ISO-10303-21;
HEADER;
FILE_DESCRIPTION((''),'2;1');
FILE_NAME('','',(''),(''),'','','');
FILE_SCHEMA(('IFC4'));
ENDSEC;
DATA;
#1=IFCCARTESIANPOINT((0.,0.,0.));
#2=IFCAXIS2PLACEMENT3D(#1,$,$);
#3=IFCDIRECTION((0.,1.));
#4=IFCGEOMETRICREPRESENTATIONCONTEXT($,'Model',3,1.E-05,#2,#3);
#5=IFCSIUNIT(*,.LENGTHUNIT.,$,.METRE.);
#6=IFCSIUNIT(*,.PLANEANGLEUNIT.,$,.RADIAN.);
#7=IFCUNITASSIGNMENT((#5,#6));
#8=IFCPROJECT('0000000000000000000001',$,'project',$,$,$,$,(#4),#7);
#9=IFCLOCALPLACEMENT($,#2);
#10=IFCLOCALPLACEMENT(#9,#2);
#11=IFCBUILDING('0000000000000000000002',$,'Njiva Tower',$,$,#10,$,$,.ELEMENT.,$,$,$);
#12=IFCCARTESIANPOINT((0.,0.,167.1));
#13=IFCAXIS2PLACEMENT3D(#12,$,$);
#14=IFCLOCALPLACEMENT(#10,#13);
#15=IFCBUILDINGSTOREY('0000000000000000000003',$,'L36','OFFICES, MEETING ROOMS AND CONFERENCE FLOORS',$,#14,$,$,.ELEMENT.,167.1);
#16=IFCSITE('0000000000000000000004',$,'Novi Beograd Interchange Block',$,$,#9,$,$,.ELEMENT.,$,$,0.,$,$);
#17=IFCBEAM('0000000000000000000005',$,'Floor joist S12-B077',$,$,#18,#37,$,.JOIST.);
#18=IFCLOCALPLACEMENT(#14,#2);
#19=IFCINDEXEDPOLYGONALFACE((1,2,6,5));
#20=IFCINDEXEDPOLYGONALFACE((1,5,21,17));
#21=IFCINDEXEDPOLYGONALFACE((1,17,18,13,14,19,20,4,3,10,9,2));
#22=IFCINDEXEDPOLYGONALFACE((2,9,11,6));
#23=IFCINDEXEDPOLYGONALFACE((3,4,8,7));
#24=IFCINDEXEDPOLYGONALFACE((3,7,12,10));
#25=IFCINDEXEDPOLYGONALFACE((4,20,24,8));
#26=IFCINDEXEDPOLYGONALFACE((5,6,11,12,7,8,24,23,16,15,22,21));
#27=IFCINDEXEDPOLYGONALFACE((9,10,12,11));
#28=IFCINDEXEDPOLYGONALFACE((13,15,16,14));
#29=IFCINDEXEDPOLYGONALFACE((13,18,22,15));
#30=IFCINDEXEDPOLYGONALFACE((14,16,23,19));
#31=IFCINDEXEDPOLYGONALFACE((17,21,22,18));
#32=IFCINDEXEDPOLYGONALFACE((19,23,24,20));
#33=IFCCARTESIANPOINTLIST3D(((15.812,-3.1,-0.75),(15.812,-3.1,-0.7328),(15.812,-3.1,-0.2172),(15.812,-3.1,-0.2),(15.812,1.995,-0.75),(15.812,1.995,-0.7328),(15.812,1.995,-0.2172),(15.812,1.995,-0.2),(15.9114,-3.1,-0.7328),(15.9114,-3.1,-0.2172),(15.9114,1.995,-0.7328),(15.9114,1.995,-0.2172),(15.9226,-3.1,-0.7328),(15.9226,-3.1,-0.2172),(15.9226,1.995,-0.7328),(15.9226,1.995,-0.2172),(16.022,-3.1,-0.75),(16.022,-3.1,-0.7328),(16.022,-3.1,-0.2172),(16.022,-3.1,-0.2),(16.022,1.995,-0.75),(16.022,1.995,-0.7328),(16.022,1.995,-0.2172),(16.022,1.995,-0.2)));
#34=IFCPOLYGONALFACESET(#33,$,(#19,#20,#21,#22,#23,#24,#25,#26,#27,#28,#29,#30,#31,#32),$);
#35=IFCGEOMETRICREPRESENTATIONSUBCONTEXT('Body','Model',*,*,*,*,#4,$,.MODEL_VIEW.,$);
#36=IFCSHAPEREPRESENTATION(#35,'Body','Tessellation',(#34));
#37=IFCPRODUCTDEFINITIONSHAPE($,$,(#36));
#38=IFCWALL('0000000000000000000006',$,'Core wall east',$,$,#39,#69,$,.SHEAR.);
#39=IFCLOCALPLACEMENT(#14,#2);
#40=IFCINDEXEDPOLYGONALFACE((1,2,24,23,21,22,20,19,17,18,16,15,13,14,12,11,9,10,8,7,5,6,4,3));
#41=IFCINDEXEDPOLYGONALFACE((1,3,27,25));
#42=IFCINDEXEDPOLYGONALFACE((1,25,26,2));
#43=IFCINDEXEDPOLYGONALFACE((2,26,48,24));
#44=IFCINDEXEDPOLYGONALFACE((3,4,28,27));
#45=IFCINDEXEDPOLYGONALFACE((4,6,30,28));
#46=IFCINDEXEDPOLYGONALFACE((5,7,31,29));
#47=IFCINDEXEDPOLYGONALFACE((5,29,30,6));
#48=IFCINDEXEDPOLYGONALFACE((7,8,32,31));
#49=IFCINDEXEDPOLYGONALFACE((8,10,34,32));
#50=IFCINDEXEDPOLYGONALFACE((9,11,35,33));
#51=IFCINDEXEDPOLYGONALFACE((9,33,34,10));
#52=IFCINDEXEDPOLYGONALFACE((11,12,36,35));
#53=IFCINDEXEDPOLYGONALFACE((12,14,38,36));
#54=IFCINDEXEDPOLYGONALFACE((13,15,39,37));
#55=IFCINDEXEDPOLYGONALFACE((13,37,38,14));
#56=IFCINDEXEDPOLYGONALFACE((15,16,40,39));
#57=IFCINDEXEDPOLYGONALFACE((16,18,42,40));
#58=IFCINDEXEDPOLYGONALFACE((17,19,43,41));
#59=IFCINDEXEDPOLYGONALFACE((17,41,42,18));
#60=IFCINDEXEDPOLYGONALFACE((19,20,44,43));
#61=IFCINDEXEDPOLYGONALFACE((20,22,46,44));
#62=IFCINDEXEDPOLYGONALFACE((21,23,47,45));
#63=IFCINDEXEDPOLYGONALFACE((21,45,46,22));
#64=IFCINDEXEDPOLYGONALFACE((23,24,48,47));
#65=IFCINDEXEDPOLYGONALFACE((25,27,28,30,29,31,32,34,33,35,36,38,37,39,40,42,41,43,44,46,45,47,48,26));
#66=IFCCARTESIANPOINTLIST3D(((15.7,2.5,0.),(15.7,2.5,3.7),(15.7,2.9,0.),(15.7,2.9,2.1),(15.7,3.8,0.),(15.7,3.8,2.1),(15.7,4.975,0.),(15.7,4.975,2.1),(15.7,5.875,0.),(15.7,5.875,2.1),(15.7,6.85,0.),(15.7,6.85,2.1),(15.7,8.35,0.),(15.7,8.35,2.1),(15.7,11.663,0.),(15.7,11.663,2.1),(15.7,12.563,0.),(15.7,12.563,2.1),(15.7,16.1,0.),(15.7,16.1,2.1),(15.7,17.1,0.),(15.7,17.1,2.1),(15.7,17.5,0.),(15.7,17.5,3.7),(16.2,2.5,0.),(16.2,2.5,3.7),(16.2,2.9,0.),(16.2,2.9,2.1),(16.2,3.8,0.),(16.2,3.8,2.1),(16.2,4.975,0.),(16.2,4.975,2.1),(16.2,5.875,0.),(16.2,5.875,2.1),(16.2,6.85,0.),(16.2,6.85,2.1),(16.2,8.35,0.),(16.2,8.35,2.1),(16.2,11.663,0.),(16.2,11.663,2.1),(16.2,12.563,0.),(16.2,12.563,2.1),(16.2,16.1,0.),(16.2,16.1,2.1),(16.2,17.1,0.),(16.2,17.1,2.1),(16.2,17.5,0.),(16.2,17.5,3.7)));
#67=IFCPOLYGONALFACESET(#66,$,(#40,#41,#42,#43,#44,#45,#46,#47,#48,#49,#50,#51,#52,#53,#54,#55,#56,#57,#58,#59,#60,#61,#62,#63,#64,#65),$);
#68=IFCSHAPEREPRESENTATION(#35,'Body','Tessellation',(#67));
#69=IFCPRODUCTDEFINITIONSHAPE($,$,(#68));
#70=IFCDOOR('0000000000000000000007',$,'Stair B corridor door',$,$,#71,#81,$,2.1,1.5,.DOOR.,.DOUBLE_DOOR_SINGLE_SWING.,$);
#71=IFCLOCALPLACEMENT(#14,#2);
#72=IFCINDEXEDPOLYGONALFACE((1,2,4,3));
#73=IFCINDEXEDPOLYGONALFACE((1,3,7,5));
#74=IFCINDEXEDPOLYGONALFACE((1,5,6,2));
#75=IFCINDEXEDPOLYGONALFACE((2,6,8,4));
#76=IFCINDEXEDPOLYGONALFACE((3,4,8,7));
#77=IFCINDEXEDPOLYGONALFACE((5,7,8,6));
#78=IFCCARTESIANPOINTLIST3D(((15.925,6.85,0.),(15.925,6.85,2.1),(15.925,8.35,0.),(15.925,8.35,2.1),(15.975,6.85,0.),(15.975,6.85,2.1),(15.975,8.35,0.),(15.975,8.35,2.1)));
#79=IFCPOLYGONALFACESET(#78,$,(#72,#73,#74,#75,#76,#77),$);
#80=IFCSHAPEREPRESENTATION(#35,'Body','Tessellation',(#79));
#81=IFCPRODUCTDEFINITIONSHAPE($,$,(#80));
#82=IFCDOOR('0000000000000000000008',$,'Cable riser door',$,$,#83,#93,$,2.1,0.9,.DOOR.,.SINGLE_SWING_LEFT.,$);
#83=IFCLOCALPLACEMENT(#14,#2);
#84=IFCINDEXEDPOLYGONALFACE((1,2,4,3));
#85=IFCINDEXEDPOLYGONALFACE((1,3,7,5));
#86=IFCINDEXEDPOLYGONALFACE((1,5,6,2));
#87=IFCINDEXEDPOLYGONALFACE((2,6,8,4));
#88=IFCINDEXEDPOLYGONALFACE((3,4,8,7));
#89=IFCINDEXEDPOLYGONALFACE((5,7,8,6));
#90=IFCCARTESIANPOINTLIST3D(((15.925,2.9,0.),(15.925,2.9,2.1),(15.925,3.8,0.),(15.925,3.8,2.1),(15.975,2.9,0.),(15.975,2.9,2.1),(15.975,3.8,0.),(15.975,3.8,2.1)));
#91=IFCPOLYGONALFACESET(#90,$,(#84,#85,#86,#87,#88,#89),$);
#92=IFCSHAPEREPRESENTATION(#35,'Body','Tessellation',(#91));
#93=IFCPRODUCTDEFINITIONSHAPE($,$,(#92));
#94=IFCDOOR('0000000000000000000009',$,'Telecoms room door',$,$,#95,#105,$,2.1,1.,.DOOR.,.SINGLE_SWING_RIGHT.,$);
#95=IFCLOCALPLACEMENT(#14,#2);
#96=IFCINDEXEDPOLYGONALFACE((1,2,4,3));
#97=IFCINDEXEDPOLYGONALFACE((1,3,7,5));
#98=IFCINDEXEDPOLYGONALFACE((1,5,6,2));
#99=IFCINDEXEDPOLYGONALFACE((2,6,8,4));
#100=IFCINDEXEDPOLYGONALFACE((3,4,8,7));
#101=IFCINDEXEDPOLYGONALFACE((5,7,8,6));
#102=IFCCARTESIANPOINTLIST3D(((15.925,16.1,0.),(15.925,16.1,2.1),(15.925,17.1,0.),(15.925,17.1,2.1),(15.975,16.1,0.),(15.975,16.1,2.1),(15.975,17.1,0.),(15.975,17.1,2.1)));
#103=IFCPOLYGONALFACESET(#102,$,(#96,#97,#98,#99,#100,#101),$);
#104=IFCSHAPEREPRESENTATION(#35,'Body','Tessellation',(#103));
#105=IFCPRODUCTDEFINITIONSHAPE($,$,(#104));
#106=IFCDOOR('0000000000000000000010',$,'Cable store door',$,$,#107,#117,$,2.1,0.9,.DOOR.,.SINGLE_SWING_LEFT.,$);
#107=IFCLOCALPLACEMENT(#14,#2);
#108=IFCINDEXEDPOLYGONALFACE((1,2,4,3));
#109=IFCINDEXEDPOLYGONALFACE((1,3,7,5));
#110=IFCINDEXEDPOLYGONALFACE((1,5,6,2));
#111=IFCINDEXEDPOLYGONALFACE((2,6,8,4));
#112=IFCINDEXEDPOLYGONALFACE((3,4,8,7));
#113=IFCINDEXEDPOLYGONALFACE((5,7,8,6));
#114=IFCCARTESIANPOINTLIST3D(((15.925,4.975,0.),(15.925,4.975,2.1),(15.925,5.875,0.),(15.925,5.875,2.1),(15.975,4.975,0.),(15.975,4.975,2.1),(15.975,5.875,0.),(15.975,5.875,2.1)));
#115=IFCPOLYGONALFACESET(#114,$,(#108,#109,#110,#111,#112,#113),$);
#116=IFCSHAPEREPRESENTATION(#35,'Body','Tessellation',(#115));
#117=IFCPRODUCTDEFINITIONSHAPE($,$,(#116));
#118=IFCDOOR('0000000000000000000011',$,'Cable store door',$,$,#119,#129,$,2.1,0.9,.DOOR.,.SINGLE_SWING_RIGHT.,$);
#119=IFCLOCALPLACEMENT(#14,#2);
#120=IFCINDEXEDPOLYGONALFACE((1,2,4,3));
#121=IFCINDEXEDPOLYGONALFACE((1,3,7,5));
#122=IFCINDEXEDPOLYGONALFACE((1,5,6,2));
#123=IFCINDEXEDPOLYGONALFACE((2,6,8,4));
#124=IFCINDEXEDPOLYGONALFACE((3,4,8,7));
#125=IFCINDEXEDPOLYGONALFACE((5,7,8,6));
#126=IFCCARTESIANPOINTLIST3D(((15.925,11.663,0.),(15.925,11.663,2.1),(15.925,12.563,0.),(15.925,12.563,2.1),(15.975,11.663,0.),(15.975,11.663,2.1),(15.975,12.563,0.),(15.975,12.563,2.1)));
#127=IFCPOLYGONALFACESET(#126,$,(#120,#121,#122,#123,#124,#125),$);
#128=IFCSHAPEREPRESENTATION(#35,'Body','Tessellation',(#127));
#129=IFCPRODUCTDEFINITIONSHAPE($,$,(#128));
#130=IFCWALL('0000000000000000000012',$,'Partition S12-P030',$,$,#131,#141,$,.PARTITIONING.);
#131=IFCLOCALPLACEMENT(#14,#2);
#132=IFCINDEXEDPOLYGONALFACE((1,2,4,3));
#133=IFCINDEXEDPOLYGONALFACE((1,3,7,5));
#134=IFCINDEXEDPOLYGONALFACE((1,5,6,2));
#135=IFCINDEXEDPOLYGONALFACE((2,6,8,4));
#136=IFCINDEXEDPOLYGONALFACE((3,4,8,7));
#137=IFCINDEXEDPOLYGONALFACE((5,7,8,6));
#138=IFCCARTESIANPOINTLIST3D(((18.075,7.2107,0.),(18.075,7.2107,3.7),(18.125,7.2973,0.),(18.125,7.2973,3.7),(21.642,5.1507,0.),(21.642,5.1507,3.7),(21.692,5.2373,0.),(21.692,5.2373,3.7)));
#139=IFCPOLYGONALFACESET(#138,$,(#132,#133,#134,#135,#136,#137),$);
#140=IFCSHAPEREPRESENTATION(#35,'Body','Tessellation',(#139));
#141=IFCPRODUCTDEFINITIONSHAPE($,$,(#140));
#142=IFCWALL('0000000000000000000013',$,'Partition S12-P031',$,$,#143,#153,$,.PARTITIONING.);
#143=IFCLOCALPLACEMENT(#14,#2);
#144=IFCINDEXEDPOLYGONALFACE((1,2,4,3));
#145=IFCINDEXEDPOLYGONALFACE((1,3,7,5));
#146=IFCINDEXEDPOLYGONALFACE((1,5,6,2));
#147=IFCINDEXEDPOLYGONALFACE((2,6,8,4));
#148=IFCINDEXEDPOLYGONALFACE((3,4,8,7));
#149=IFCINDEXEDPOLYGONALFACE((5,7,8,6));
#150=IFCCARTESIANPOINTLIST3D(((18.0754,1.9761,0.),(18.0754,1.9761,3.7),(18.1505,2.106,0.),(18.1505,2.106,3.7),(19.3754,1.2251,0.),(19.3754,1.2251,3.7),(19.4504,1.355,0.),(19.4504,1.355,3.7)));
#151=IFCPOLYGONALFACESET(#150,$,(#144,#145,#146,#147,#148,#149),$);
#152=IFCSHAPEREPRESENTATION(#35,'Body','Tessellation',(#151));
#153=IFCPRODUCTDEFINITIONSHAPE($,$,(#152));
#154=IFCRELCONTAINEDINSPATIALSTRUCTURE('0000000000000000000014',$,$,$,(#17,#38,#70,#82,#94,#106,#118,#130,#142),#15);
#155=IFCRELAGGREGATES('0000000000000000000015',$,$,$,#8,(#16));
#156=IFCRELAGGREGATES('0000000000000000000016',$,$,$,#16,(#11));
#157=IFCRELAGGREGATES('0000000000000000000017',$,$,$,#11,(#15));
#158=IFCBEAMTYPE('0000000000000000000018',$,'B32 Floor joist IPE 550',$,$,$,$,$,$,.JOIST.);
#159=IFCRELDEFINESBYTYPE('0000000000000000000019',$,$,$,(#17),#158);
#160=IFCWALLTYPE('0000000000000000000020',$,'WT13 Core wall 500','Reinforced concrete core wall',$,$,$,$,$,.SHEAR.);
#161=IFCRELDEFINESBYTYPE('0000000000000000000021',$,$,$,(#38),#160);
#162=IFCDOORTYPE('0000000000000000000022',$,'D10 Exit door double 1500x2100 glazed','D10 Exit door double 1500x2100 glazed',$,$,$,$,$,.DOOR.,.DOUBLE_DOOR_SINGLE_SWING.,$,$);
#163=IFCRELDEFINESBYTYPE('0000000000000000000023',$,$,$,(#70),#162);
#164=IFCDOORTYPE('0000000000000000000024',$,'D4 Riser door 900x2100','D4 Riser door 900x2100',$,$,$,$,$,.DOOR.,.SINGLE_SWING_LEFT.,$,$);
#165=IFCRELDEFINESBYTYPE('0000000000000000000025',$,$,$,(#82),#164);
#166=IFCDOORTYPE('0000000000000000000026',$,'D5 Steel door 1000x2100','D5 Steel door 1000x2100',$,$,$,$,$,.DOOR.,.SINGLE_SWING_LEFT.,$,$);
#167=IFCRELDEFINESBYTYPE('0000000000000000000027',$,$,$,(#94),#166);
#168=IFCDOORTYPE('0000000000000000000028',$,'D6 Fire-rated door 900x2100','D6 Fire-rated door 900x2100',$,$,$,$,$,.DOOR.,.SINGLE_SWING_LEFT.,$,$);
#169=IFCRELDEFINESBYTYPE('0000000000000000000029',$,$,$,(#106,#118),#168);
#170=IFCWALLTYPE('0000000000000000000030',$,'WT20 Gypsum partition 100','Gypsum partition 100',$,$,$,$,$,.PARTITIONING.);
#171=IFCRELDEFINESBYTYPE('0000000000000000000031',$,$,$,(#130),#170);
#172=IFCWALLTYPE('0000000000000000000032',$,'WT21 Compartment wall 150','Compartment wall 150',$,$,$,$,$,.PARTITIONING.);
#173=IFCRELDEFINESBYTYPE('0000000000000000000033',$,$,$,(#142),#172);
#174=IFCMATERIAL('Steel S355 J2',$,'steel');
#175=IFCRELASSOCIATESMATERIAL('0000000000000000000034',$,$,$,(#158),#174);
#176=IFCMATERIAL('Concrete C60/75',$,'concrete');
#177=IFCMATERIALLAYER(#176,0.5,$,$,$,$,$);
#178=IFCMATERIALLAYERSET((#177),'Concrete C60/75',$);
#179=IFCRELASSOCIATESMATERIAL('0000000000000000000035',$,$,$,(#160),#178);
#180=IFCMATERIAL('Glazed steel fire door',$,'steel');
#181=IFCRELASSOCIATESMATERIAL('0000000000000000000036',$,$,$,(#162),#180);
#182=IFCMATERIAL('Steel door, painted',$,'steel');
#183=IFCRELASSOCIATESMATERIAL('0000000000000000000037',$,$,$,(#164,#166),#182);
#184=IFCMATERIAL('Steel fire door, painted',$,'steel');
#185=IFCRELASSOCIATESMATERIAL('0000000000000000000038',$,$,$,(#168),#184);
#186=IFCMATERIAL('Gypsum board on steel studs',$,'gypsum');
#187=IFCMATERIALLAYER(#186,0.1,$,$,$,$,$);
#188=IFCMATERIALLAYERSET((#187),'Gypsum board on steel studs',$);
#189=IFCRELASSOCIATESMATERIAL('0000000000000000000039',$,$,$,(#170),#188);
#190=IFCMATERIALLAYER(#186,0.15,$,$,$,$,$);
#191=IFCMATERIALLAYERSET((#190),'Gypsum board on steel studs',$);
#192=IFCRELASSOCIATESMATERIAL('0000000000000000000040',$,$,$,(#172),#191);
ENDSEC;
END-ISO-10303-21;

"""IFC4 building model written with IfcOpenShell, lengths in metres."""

from ifc_helpers import new_model, si_unit, direction, frame, frame_2d, origin, origin_2d, place, context, subcontext, project, spatial, rectangle, i_section, extrude, material, layer, layer_set, material_profile, profile_set, type_object, element, fill, save


model = new_model("IFC4")

# Units and contexts
model_context = context("Model", 3, precision=1e-05, world=origin(), true_north=direction((0.0, 1.0)))
body_context = subcontext(model_context, "Body", "Model", "MODEL_VIEW")
ifc_project = project(units=[si_unit("LENGTHUNIT", "METRE"), si_unit("PLANEANGLEUNIT", "RADIAN")], contexts=[model_context])

# Site, building, storey
site_placement = place(None, origin())
site = spatial("IfcSite", under=ifc_project, at=site_placement, Name="Novi Beograd Interchange Block", CompositionType="ELEMENT", RefElevation=0.0)
building_placement = place(site_placement, origin())
building = spatial("IfcBuilding", under=site, at=building_placement, Name="Njiva Tower", CompositionType="ELEMENT")
storey_placement = place(building_placement, frame((0.0, 0.0, 167.1)))
storey = spatial("IfcBuildingStorey", under=building, at=storey_placement, Name="L36", Description="OFFICES, MEETING ROOMS AND CONFERENCE FLOORS", CompositionType="ELEMENT", Elevation=167.1)

# Shared definitions
ifc_material_1 = material(Name="Steel S355 J2", Category="steel")

# Beam
ifc_material_profile_1 = material_profile(ifc_material_1, i_section(OverallWidth=0.21, OverallDepth=0.55, WebThickness=0.0111, FlangeThickness=0.0172, at=origin_2d()), Name="IPE 550")
ifc_profile_set_1 = profile_set([ifc_material_profile_1], Name="Steel S355 J2")
beam_type_1 = type_object("IfcBeamType", Name="B32 Floor joist IPE 550", PredefinedType="JOIST", material=ifc_profile_set_1)
beam_1_placement = place(storey_placement, frame((15.917, 1.995, -0.475), z_axis=(0.0, -1.0, 0.0), x_axis=(1.0, 0.0, 0.0)))
element("IfcBeam", 1, at=beam_1_placement, inside=storey, type_object=beam_type_1, Name="Floor joist S12-B077", PredefinedType="JOIST", context=body_context, shape_type="SweptSolid", body=[
    extrude(i_section(OverallWidth=0.21, OverallDepth=0.55, WebThickness=0.0111, FlangeThickness=0.0172, at=origin_2d()), origin(), (0.0, 0.0, 1.0), 5.095),
])

# Wall, openings, doors
ifc_material_2 = material(Name="Concrete C60/75", Category="concrete")
ifc_layer_1 = layer(ifc_material_2, 0.5)
ifc_layer_set_1 = layer_set([ifc_layer_1], Name="Concrete C60/75")
wall_type_1 = type_object("IfcWallType", Name="WT13 Core wall 500", Description="Reinforced concrete core wall", PredefinedType="SHEAR", material=ifc_layer_set_1)
wall_1_placement = place(storey_placement, frame((15.95, 2.5, 0.0), z_axis=(0.0, 0.0, 1.0), x_axis=(0.0, 1.0, 0.0)))
wall_1 = element("IfcWall", 2, at=wall_1_placement, inside=storey, type_object=wall_type_1, Name="Core wall east", PredefinedType="SHEAR", context=body_context, shape_type="SweptSolid", body=[
    extrude(rectangle(XDim=15.0, YDim=0.5, at=frame_2d((7.5, 0.0))), origin(), (0.0, 0.0, 1.0), 3.7),
])
opening_1_placement = place(wall_1_placement, frame((4.35, 0.0, 0.0)))
opening_1 = element("IfcOpeningElement", 3, at=opening_1_placement, cuts=wall_1, PredefinedType="OPENING", context=body_context, shape_type="SweptSolid", body=[
    extrude(rectangle(XDim=1.5, YDim=2.1, at=frame_2d((0.75, 1.05))), frame((0.0, 0.26, 0.0), z_axis=(0.0, -1.0, 0.0), x_axis=(1.0, 0.0, 0.0)), (0.0, 0.0, 1.0), 0.52),
])
opening_2_placement = place(wall_1_placement, frame((0.4, 0.0, 0.0)))
opening_2 = element("IfcOpeningElement", 4, at=opening_2_placement, cuts=wall_1, PredefinedType="OPENING", context=body_context, shape_type="SweptSolid", body=[
    extrude(rectangle(XDim=0.9, YDim=2.1, at=frame_2d((0.45, 1.05))), frame((0.0, 0.26, 0.0), z_axis=(0.0, -1.0, 0.0), x_axis=(1.0, 0.0, 0.0)), (0.0, 0.0, 1.0), 0.52),
])
opening_3_placement = place(wall_1_placement, frame((2.475, 0.0, 0.0)))
opening_3 = element("IfcOpeningElement", 5, at=opening_3_placement, cuts=wall_1, PredefinedType="OPENING", context=body_context, shape_type="SweptSolid", body=[
    extrude(rectangle(XDim=0.9, YDim=2.1, at=frame_2d((0.45, 1.05))), frame((0.0, 0.26, 0.0), z_axis=(0.0, -1.0, 0.0), x_axis=(1.0, 0.0, 0.0)), (0.0, 0.0, 1.0), 0.52),
])
opening_4_placement = place(wall_1_placement, frame((9.163, 0.0, 0.0)))
opening_4 = element("IfcOpeningElement", 6, at=opening_4_placement, cuts=wall_1, PredefinedType="OPENING", context=body_context, shape_type="SweptSolid", body=[
    extrude(rectangle(XDim=0.9, YDim=2.1, at=frame_2d((0.45, 1.05))), frame((0.0, 0.26, 0.0), z_axis=(0.0, -1.0, 0.0), x_axis=(1.0, 0.0, 0.0)), (0.0, 0.0, 1.0), 0.52),
])
opening_5_placement = place(wall_1_placement, frame((13.6, 0.0, 0.0)))
opening_5 = element("IfcOpeningElement", 7, at=opening_5_placement, cuts=wall_1, PredefinedType="OPENING", context=body_context, shape_type="SweptSolid", body=[
    extrude(rectangle(XDim=1.0, YDim=2.1, at=frame_2d((0.5, 1.05))), frame((0.0, 0.26, 0.0), z_axis=(0.0, -1.0, 0.0), x_axis=(1.0, 0.0, 0.0)), (0.0, 0.0, 1.0), 0.52),
])
ifc_material_3 = material(Name="Glazed steel fire door", Category="steel")
door_type_1 = type_object("IfcDoorType", Name="D10 Exit door double 1500x2100 glazed", Description="D10 Exit door double 1500x2100 glazed", OperationType="DOUBLE_DOOR_SINGLE_SWING", PredefinedType="DOOR", material=ifc_material_3)
door_1_placement = place(opening_1_placement, origin())
door_1 = element("IfcDoor", 8, at=door_1_placement, inside=storey, type_object=door_type_1, Name="Stair B corridor door", OperationType="DOUBLE_DOOR_SINGLE_SWING", OverallHeight=2.1, OverallWidth=1.5, PredefinedType="DOOR", context=body_context, shape_type="SweptSolid", body=[
    extrude(rectangle(XDim=1.5, YDim=2.1, at=frame_2d((0.75, 1.05))), frame((0.0, 0.025, 0.0), z_axis=(0.0, -1.0, 0.0), x_axis=(1.0, 0.0, 0.0)), (0.0, 0.0, 1.0), 0.05),
])
fill(opening_1, door_1)
ifc_material_4 = material(Name="Steel door, painted", Category="steel")
door_type_2 = type_object("IfcDoorType", Name="D4 Riser door 900x2100", Description="D4 Riser door 900x2100", OperationType="SINGLE_SWING_LEFT", PredefinedType="DOOR", material=ifc_material_4)
door_2_placement = place(opening_2_placement, origin())
door_2 = element("IfcDoor", 9, at=door_2_placement, inside=storey, type_object=door_type_2, Name="Cable riser door", OperationType="SINGLE_SWING_LEFT", OverallHeight=2.1, OverallWidth=0.9, PredefinedType="DOOR", context=body_context, shape_type="SweptSolid", body=[
    extrude(rectangle(XDim=0.9, YDim=2.1, at=frame_2d((0.45, 1.05))), frame((0.0, 0.025, 0.0), z_axis=(0.0, -1.0, 0.0), x_axis=(1.0, 0.0, 0.0)), (0.0, 0.0, 1.0), 0.05),
])
fill(opening_2, door_2)
door_type_3 = type_object("IfcDoorType", Name="D5 Steel door 1000x2100", Description="D5 Steel door 1000x2100", OperationType="SINGLE_SWING_LEFT", PredefinedType="DOOR", material=ifc_material_4)
door_3_placement = place(opening_5_placement, origin())
door_3 = element("IfcDoor", 10, at=door_3_placement, inside=storey, type_object=door_type_3, Name="Telecoms room door", OperationType="SINGLE_SWING_RIGHT", OverallHeight=2.1, OverallWidth=1.0, PredefinedType="DOOR", context=body_context, shape_type="SweptSolid", body=[
    extrude(rectangle(XDim=1.0, YDim=2.1, at=frame_2d((0.5, 1.05))), frame((0.0, 0.025, 0.0), z_axis=(0.0, -1.0, 0.0), x_axis=(1.0, 0.0, 0.0)), (0.0, 0.0, 1.0), 0.05),
])
fill(opening_5, door_3)
ifc_material_5 = material(Name="Steel fire door, painted", Category="steel")
door_type_4 = type_object("IfcDoorType", Name="D6 Fire-rated door 900x2100", Description="D6 Fire-rated door 900x2100", OperationType="SINGLE_SWING_LEFT", PredefinedType="DOOR", material=ifc_material_5)
door_4_placement = place(opening_3_placement, origin())
door_4 = element("IfcDoor", 11, at=door_4_placement, inside=storey, type_object=door_type_4, Name="Cable store door", OperationType="SINGLE_SWING_LEFT", OverallHeight=2.1, OverallWidth=0.9, PredefinedType="DOOR", context=body_context, shape_type="SweptSolid", body=[
    extrude(rectangle(XDim=0.9, YDim=2.1, at=frame_2d((0.45, 1.05))), frame((0.0, 0.025, 0.0), z_axis=(0.0, -1.0, 0.0), x_axis=(1.0, 0.0, 0.0)), (0.0, 0.0, 1.0), 0.05),
])
fill(opening_3, door_4)
door_5_placement = place(opening_4_placement, origin())
door_5 = element("IfcDoor", 12, at=door_5_placement, inside=storey, type_object=door_type_4, Name="Cable store door", OperationType="SINGLE_SWING_RIGHT", OverallHeight=2.1, OverallWidth=0.9, PredefinedType="DOOR", context=body_context, shape_type="SweptSolid", body=[
    extrude(rectangle(XDim=0.9, YDim=2.1, at=frame_2d((0.45, 1.05))), frame((0.0, 0.025, 0.0), z_axis=(0.0, -1.0, 0.0), x_axis=(1.0, 0.0, 0.0)), (0.0, 0.0, 1.0), 0.05),
])
fill(opening_4, door_5)

# Walls
ifc_material_6 = material(Name="Gypsum board on steel studs", Category="gypsum")
ifc_layer_2 = layer(ifc_material_6, 0.1)
ifc_layer_set_2 = layer_set([ifc_layer_2], Name="Gypsum board on steel studs")
wall_type_2 = type_object("IfcWallType", Name="WT20 Gypsum partition 100", Description="Gypsum partition 100", PredefinedType="PARTITIONING", material=ifc_layer_set_2)
wall_2_placement = place(storey_placement, frame((18.1, 7.254, 0.0), z_axis=(0.0, 0.0, 1.0), x_axis=(0.865963, -0.500108, 0.0)))
element("IfcWall", 13, at=wall_2_placement, inside=storey, type_object=wall_type_2, Name="Partition S12-P030", PredefinedType="PARTITIONING", context=body_context, shape_type="SweptSolid", body=[
    extrude(rectangle(XDim=4.1191, YDim=0.1, at=frame_2d((2.0596, 0.0))), origin(), (0.0, 0.0, 1.0), 3.7),
])
ifc_layer_3 = layer(ifc_material_6, 0.15)
ifc_layer_set_3 = layer_set([ifc_layer_3], Name="Gypsum board on steel studs")
wall_type_3 = type_object("IfcWallType", Name="WT21 Compartment wall 150", Description="Compartment wall 150", PredefinedType="PARTITIONING", material=ifc_layer_set_3)
wall_3_placement = place(storey_placement, frame((18.113, 2.041, 0.0), z_axis=(0.0, 0.0, 1.0), x_axis=(0.865897, -0.500222, 0.0)))
element("IfcWall", 14, at=wall_3_placement, inside=storey, type_object=wall_type_3, Name="Partition S12-P031", PredefinedType="PARTITIONING", context=body_context, shape_type="SweptSolid", body=[
    extrude(rectangle(XDim=1.5013, YDim=0.15, at=frame_2d((0.7506, 0.0))), origin(), (0.0, 0.0, 1.0), 3.7),
])

save(model, "model.ifc")
